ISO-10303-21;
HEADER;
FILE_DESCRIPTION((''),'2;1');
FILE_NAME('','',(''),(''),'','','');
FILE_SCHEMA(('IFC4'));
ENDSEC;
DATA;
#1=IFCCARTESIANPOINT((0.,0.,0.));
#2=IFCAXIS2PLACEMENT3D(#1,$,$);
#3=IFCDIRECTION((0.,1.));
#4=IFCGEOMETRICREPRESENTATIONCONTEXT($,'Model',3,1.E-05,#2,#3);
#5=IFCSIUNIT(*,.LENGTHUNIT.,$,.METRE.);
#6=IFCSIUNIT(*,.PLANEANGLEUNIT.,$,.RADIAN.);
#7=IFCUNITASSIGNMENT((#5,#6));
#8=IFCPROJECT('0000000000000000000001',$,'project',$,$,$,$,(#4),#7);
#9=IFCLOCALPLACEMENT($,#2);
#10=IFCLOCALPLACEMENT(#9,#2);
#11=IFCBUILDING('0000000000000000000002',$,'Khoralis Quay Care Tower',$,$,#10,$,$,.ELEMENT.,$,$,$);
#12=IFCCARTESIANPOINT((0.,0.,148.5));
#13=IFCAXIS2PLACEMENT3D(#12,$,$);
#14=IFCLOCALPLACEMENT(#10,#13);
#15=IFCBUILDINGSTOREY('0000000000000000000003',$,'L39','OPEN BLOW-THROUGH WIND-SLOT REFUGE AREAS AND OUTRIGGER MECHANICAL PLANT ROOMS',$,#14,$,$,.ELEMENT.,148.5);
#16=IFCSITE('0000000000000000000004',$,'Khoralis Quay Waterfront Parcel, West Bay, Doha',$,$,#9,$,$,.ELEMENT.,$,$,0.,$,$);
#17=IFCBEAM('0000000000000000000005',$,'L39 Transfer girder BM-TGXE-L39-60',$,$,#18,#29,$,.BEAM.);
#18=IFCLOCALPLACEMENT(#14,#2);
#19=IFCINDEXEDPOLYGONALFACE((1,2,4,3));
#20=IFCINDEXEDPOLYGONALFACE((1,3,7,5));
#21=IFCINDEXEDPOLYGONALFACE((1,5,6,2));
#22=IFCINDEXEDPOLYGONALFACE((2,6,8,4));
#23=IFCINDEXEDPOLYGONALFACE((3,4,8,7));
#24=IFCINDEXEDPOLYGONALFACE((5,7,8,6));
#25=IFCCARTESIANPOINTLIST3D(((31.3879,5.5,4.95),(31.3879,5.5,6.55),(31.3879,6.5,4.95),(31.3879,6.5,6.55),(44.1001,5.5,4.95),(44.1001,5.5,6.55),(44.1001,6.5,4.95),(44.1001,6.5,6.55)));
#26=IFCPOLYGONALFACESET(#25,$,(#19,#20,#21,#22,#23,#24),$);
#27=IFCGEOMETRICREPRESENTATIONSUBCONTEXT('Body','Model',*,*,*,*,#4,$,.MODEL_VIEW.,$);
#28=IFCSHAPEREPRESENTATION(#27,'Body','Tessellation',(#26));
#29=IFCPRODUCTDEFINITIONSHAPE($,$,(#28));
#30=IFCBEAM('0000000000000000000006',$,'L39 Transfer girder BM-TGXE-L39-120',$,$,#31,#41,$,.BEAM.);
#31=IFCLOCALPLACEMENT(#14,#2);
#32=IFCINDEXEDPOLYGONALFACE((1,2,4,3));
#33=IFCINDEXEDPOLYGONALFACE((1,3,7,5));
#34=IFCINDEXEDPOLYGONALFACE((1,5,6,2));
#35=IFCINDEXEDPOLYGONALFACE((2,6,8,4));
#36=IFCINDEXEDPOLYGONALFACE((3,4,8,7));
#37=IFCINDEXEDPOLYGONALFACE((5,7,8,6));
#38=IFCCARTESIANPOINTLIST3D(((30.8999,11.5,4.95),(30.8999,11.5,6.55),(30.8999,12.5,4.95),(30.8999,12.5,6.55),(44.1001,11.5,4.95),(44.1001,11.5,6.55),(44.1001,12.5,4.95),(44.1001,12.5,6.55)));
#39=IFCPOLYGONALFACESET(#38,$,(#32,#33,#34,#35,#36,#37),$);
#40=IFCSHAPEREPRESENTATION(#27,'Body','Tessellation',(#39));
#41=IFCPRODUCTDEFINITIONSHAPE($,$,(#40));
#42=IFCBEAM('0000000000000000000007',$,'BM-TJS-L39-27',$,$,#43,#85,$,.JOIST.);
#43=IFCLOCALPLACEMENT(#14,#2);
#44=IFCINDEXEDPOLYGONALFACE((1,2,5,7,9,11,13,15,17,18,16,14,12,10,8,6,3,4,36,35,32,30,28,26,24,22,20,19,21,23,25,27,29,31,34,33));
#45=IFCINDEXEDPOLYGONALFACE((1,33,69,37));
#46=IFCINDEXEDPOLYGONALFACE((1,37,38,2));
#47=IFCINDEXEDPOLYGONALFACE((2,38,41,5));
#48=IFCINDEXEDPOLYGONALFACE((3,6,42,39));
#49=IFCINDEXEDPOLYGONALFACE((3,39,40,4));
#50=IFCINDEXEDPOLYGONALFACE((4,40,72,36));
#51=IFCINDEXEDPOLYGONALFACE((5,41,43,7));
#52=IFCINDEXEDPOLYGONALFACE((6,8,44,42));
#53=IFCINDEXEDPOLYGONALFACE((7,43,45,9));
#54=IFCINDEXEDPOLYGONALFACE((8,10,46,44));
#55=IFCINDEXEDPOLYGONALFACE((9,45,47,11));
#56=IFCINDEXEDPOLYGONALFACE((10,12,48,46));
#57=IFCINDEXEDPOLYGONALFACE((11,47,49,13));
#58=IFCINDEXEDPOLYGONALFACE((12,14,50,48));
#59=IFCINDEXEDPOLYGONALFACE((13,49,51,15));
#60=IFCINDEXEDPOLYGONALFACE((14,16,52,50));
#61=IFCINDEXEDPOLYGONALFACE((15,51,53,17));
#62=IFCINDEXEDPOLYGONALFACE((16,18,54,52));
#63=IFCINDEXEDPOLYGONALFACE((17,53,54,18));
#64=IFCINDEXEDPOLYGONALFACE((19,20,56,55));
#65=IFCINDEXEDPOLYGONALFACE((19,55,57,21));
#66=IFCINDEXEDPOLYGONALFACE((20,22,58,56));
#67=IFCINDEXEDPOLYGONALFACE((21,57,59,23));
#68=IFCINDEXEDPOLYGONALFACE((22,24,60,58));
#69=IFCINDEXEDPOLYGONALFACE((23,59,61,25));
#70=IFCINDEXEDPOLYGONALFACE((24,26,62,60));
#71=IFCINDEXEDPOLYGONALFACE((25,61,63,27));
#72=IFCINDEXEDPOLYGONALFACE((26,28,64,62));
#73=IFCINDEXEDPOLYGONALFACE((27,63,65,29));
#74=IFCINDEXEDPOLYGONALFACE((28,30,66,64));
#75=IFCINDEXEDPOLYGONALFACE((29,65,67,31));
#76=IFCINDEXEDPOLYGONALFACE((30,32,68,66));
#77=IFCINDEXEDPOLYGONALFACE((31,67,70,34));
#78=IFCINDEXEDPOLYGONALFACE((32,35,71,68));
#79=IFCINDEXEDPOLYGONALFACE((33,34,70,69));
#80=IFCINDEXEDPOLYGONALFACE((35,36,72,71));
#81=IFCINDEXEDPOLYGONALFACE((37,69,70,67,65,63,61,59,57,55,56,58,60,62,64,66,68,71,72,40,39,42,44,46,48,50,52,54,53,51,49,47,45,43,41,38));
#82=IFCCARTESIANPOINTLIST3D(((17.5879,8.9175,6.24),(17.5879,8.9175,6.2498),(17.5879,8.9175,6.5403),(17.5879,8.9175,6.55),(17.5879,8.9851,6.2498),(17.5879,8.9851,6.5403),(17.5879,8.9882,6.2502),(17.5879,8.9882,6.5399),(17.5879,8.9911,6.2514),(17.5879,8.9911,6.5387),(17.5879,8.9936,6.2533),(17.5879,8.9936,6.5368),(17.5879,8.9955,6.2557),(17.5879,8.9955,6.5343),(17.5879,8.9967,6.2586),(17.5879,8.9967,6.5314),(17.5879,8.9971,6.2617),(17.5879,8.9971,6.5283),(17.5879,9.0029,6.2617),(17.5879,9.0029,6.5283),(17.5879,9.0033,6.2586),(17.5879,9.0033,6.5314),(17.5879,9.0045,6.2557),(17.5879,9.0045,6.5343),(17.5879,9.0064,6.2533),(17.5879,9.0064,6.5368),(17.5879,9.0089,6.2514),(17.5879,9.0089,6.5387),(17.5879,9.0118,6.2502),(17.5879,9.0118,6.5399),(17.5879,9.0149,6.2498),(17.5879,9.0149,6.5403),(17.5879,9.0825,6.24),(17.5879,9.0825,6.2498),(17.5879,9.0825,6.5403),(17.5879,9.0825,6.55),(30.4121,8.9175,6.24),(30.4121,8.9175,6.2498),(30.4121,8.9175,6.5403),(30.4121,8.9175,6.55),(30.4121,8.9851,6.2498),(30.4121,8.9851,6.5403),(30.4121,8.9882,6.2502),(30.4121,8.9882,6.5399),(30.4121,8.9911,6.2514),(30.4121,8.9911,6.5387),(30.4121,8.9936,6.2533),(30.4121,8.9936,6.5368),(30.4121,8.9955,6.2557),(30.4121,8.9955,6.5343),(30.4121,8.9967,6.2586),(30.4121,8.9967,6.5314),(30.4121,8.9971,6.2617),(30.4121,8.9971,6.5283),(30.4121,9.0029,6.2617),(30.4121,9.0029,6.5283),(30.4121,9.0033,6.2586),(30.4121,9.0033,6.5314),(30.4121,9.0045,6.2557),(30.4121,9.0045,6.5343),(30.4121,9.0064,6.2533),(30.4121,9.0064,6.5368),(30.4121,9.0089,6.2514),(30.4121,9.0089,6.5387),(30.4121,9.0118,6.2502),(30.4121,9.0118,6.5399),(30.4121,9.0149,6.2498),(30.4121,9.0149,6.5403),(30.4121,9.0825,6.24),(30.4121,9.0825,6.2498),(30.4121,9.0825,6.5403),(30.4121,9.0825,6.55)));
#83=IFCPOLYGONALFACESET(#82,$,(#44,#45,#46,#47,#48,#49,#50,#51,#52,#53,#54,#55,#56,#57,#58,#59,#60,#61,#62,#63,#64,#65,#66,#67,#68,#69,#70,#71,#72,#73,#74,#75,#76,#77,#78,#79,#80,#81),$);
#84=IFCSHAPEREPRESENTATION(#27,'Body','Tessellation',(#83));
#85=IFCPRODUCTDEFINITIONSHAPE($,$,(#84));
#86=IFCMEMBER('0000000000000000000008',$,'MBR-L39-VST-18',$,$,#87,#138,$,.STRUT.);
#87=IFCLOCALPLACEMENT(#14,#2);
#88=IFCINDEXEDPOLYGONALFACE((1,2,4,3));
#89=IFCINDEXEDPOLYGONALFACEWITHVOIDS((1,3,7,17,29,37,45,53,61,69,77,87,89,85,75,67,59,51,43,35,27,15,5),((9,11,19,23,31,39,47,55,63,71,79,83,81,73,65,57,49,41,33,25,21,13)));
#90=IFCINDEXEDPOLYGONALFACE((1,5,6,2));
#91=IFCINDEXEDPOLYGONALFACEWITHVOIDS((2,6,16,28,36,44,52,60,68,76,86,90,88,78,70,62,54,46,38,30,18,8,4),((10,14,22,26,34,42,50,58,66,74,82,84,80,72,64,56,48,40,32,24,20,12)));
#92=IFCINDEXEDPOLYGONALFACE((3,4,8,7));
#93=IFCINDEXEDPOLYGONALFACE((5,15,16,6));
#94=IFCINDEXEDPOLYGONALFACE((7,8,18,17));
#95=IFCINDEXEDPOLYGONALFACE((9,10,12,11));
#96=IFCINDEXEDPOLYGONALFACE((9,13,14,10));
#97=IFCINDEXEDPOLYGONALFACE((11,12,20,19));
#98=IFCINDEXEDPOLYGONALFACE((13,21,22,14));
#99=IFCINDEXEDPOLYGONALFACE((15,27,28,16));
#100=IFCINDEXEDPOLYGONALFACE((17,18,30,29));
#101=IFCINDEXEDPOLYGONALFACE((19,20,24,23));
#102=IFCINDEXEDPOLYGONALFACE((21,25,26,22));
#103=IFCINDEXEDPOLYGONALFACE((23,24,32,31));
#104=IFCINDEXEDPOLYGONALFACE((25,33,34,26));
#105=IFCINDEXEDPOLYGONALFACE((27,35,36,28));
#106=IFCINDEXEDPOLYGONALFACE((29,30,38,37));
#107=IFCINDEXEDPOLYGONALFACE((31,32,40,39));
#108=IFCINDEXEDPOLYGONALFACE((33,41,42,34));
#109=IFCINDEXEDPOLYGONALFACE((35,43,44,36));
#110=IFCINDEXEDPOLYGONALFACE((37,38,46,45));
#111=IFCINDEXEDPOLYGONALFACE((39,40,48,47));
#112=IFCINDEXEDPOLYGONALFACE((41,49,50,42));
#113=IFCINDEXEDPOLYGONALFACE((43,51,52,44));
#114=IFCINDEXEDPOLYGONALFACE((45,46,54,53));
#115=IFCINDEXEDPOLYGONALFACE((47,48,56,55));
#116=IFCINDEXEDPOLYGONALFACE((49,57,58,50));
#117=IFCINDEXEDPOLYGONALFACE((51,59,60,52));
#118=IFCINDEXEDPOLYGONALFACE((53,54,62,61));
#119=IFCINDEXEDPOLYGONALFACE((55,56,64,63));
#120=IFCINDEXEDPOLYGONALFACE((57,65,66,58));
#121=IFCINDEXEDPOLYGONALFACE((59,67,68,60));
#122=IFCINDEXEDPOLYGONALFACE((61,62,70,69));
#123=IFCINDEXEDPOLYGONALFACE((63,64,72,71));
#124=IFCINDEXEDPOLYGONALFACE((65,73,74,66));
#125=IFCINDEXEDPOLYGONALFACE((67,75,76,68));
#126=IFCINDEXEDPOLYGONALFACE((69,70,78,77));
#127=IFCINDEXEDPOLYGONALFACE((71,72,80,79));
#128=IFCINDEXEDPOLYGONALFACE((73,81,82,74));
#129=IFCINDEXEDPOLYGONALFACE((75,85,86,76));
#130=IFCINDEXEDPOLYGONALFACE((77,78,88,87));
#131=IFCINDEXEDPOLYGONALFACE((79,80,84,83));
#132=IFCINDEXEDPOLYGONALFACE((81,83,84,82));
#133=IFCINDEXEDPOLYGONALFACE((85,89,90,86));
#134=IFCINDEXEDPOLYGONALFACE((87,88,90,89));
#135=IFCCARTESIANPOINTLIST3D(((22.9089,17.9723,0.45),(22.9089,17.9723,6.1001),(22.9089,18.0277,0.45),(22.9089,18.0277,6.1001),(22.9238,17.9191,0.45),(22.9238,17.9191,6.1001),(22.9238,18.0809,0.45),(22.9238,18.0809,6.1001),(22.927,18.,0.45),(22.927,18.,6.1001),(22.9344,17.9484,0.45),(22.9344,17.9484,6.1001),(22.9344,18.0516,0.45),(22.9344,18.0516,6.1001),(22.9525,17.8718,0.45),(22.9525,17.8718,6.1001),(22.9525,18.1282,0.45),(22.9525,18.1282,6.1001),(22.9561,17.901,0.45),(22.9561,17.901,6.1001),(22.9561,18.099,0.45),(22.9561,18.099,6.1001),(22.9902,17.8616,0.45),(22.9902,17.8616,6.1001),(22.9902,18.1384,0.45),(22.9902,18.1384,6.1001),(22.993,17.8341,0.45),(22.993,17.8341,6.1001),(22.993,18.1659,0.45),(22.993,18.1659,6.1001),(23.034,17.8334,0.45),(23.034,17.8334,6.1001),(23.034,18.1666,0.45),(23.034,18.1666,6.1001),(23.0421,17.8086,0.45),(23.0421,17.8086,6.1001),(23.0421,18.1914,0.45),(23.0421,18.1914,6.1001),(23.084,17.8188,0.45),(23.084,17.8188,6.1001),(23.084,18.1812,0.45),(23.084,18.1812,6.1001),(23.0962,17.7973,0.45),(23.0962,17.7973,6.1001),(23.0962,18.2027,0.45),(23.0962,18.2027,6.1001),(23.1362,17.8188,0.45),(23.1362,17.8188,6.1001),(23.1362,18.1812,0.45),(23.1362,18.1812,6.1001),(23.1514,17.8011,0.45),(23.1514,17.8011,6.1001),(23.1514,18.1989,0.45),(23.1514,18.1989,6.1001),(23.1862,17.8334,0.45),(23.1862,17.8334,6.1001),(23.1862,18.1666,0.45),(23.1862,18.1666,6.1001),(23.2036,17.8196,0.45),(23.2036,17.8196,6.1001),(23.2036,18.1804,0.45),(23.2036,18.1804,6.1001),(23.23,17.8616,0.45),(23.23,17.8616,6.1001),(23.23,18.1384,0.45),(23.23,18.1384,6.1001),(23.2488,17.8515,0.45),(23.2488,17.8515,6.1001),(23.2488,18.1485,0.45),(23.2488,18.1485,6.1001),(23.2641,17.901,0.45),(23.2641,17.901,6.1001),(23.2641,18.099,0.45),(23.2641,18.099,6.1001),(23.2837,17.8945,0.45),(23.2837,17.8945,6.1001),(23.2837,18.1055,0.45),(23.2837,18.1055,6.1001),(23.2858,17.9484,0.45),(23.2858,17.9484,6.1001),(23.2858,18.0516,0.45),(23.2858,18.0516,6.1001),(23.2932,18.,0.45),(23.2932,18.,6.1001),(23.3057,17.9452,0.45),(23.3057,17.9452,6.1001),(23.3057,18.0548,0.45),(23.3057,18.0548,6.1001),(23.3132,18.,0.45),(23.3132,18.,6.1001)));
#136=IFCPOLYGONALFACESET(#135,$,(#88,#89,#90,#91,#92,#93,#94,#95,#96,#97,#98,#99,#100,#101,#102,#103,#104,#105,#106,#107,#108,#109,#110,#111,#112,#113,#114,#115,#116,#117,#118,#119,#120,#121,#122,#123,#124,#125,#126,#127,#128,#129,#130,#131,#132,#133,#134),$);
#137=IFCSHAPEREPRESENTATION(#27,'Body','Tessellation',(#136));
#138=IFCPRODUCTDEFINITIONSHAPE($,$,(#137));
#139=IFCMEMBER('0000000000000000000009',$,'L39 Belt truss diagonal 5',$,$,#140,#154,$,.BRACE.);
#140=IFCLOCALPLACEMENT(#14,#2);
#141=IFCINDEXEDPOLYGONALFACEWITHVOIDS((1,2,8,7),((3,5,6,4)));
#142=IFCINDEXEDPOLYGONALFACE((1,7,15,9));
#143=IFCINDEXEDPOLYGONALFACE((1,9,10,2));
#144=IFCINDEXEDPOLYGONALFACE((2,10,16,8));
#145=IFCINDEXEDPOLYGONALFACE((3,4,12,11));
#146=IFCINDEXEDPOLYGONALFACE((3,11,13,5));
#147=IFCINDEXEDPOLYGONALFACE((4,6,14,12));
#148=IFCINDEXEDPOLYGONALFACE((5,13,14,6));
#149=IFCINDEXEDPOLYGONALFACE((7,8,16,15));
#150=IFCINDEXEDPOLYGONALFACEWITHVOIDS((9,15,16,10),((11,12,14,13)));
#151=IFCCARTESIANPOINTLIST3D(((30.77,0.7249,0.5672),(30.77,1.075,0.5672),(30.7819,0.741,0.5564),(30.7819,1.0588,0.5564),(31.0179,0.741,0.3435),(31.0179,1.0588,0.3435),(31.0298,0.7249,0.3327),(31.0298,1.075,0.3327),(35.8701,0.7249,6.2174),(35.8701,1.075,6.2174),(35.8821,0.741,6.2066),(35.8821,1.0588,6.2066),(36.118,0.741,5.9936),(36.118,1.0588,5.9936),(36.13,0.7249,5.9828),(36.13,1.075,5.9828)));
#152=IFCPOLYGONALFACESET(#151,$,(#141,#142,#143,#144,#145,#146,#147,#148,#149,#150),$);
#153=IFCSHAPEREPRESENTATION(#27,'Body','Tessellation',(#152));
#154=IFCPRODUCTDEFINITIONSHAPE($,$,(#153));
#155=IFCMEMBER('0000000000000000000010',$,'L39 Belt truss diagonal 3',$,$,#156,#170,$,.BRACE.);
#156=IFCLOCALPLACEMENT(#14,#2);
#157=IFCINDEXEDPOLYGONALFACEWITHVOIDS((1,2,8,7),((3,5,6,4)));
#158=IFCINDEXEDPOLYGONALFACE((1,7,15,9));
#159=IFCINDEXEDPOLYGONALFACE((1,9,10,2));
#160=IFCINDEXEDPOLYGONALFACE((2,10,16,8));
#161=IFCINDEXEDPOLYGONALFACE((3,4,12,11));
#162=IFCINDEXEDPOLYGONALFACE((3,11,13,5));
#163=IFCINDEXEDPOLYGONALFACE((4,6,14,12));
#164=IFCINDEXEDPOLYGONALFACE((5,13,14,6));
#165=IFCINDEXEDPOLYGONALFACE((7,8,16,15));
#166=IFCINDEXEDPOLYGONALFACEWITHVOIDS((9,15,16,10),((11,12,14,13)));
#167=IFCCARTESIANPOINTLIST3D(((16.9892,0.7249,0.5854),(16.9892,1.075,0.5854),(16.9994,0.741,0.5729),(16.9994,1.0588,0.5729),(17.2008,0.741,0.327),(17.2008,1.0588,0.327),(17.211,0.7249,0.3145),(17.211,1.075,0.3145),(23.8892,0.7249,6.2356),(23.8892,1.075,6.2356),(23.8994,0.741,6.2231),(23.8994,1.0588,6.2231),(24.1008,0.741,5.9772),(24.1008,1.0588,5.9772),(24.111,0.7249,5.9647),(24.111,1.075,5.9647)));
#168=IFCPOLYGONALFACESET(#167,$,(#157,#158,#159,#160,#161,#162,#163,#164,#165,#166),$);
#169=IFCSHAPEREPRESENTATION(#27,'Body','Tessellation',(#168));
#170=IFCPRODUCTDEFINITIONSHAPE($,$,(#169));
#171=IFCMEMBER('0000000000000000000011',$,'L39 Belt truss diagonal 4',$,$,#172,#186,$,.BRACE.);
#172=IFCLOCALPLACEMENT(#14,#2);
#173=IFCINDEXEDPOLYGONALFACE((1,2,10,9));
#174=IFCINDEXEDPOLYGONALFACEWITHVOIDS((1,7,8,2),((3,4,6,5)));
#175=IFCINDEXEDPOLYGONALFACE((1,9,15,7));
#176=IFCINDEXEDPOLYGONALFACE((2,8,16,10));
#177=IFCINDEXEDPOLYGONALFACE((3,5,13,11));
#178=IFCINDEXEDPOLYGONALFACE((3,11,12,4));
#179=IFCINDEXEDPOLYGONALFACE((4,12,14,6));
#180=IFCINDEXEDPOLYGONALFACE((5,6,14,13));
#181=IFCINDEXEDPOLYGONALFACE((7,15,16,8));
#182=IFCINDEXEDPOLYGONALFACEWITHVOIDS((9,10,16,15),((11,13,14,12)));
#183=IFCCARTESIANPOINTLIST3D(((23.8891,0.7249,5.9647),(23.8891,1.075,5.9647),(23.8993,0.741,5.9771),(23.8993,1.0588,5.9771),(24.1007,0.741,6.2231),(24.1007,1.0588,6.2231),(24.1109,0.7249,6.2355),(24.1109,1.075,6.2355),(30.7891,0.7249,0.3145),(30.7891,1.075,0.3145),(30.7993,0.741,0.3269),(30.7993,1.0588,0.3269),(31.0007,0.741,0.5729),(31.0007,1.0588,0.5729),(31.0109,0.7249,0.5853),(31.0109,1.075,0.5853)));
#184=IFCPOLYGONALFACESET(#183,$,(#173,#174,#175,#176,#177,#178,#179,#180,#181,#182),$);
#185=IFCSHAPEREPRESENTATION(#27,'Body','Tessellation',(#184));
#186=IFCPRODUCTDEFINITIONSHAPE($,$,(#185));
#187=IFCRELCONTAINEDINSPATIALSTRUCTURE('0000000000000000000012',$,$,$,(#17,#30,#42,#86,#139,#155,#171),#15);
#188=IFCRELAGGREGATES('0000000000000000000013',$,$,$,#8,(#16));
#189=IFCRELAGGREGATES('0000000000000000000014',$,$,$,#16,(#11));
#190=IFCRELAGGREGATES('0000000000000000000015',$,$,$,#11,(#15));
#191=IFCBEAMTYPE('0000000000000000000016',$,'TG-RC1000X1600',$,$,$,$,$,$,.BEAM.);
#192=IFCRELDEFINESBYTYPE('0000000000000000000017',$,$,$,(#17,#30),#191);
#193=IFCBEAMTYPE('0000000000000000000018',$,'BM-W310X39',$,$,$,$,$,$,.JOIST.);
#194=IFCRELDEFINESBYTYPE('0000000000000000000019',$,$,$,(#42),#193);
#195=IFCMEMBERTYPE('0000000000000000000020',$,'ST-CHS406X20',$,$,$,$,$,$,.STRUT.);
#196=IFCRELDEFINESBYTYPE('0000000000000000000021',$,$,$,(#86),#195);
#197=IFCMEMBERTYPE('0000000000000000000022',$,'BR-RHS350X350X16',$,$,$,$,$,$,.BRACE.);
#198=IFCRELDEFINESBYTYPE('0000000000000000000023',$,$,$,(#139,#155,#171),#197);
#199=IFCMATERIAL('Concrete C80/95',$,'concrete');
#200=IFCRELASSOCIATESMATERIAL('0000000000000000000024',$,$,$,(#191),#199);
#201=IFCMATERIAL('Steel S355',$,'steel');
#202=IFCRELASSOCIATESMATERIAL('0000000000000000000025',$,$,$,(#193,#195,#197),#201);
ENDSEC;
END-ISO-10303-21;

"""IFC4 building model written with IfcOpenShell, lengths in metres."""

from ifc_helpers import new_model, si_unit, direction, frame, origin, origin_2d, place, context, subcontext, project, spatial, rectangle, hollow_rectangle, hollow_circle, i_section, extrude, source, transform, mapped, material, material_profile, profile_set, type_object, element, save


model = new_model("IFC4")

# Units and contexts
model_context = context("Model", 3, precision=1e-05, world=origin(), true_north=direction((0.0, 1.0)))
body_context = subcontext(model_context, "Body", "Model", "MODEL_VIEW")
ifc_project = project(units=[si_unit("LENGTHUNIT", "METRE"), si_unit("PLANEANGLEUNIT", "RADIAN")], contexts=[model_context])

# Site, building, storey
site_placement = place(None, origin())
site = spatial("IfcSite", under=ifc_project, at=site_placement, Name="Khoralis Quay Waterfront Parcel, West Bay, Doha", CompositionType="ELEMENT", RefElevation=0.0)
building_placement = place(site_placement, origin())
building = spatial("IfcBuilding", under=site, at=building_placement, Name="Khoralis Quay Care Tower", CompositionType="ELEMENT")
storey_placement = place(building_placement, frame((0.0, 0.0, 148.5)))
storey = spatial("IfcBuildingStorey", under=building, at=storey_placement, Name="L39", Description="OPEN BLOW-THROUGH WIND-SLOT REFUGE AREAS AND OUTRIGGER MECHANICAL PLANT ROOMS", CompositionType="ELEMENT", Elevation=148.5)

# Beams
ifc_material_1 = material(Name="Concrete C80/95", Category="concrete")
ifc_material_profile_1 = material_profile(ifc_material_1, rectangle(XDim=1.0, YDim=1.6001, at=origin_2d()), Name="Concrete C80/95")
ifc_profile_set_1 = profile_set([ifc_material_profile_1], Name="Concrete C80/95")
beam_type_1 = type_object("IfcBeamType", Name="TG-RC1000X1600", PredefinedType="BEAM", material=ifc_profile_set_1)
ifc_material_2 = material(Name="Steel S355", Category="steel")
shared_shape_1 = source(origin(), body_context, "Body", "SweptSolid", [
    extrude(rectangle(XDim=1.0, YDim=1.6001, at=origin_2d()), origin(), (0.0, 0.0, 1.0), 12.7122),
])
beam_1_placement = place(storey_placement, frame((31.3879, 6.0, 5.75), z_axis=(1.0, 0.0, 0.0), x_axis=(0.0, 1.0, 0.0)))
element("IfcBeam", 1, at=beam_1_placement, inside=storey, type_object=beam_type_1, Name="L39 Transfer girder BM-TGXE-L39-60", PredefinedType="BEAM", context=body_context, shape_type="MappedRepresentation", body=[
    mapped(shared_shape_1, transform((0.0, 0.0, 0.0), scale=1.0)),
])
shared_shape_2 = source(origin(), body_context, "Body", "SweptSolid", [
    extrude(rectangle(XDim=1.0, YDim=1.6001, at=origin_2d()), origin(), (0.0, 0.0, 1.0), 13.2002),
])
beam_2_placement = place(storey_placement, frame((30.8999, 12.0, 5.75), z_axis=(1.0, 0.0, 0.0), x_axis=(0.0, 1.0, 0.0)))
element("IfcBeam", 2, at=beam_2_placement, inside=storey, type_object=beam_type_1, Name="L39 Transfer girder BM-TGXE-L39-120", PredefinedType="BEAM", context=body_context, shape_type="MappedRepresentation", body=[
    mapped(shared_shape_2, transform((0.0, 0.0, 0.0), scale=1.0)),
])
ifc_material_profile_2 = material_profile(ifc_material_2, i_section(OverallWidth=0.165, OverallDepth=0.3101, WebThickness=0.0059, FlangeThickness=0.0098, FilletRadius=0.012, at=origin_2d()), Name="Steel S355")
ifc_profile_set_2 = profile_set([ifc_material_profile_2], Name="Steel S355")
beam_type_2 = type_object("IfcBeamType", Name="BM-W310X39", PredefinedType="JOIST", material=ifc_profile_set_2)
shared_shape_3 = source(origin(), body_context, "Body", "SweptSolid", [
    extrude(i_section(OverallWidth=0.165, OverallDepth=0.3101, WebThickness=0.0059, FlangeThickness=0.0098, FilletRadius=0.012, at=origin_2d()), origin(), (0.0, 0.0, 1.0), 12.8242),
])
beam_3_placement = place(storey_placement, frame((17.5879, 9.0, 6.395), z_axis=(1.0, 0.0, 0.0), x_axis=(0.0, 1.0, 0.0)))
element("IfcBeam", 3, at=beam_3_placement, inside=storey, type_object=beam_type_2, Name="BM-TJS-L39-27", PredefinedType="JOIST", context=body_context, shape_type="MappedRepresentation", body=[
    mapped(shared_shape_3, transform((0.0, 0.0, 0.0), scale=1.0)),
])

# Members
ifc_material_profile_3 = material_profile(ifc_material_2, hollow_circle(Radius=0.2031, WallThickness=0.02, at=origin_2d()), Name="Steel S355")
ifc_profile_set_3 = profile_set([ifc_material_profile_3], Name="Steel S355")
member_type_1 = type_object("IfcMemberType", Name="ST-CHS406X20", PredefinedType="STRUT", material=ifc_profile_set_3)
shared_shape_4 = source(origin(), body_context, "Body", "SweptSolid", [
    extrude(hollow_circle(Radius=0.2031, WallThickness=0.02, at=origin_2d()), origin(), (0.0, 0.0, 1.0), 5.6501),
])
member_1_placement = place(storey_placement, frame((23.1101, 18.0, 0.45), z_axis=(0.0, 0.0, 1.0), x_axis=(1.0, 0.0, 0.0)))
element("IfcMember", 4, at=member_1_placement, inside=storey, type_object=member_type_1, Name="MBR-L39-VST-18", PredefinedType="STRUT", context=body_context, shape_type="MappedRepresentation", body=[
    mapped(shared_shape_4, transform((0.0, 0.0, 0.0), scale=1.0)),
])
ifc_material_profile_4 = material_profile(ifc_material_2, hollow_rectangle(XDim=0.3501, YDim=0.3501, WallThickness=0.0161, at=origin_2d()), Name="Steel S355")
ifc_profile_set_4 = profile_set([ifc_material_profile_4], Name="Steel S355")
member_type_2 = type_object("IfcMemberType", Name="BR-RHS350X350X16", PredefinedType="BRACE", material=ifc_profile_set_4)
shared_shape_5 = source(origin(), body_context, "Body", "SweptSolid", [
    extrude(hollow_rectangle(XDim=0.3501, YDim=0.3501, WallThickness=0.0161, at=origin_2d()), origin(), (0.0, 0.0, 1.0), 7.6116),
])
member_2_placement = place(storey_placement, frame((30.8999, 0.8999, 0.45), z_axis=(0.67005, 0.0, 0.742316), x_axis=(0.0, 1.0, 0.0)))
element("IfcMember", 5, at=member_2_placement, inside=storey, type_object=member_type_2, Name="L39 Belt truss diagonal 5", PredefinedType="BRACE", context=body_context, shape_type="MappedRepresentation", body=[
    mapped(shared_shape_5, transform((0.0, 0.0, 0.0), scale=1.0)),
])
shared_shape_6 = source(origin(), body_context, "Body", "SweptSolid", [
    extrude(hollow_rectangle(XDim=0.3501, YDim=0.3501, WallThickness=0.0161, at=origin_2d()), origin(), (0.0, 0.0, 1.0), 8.9182),
])
for number, where, z_axis, x_axis, name in (
    (6, (17.1001, 0.8999, 0.45), (0.773695, 0.0, 0.633558), (0.0, 1.0, 0.0), "L39 Belt truss diagonal 3"),
    (7, (24.0, 0.8999, 6.1001), (0.773695, 0.0, -0.633558), (0.0, 1.0, 0.0), "L39 Belt truss diagonal 4"),
):
    element("IfcMember", number, at=place(storey_placement, frame(where, z_axis=z_axis, x_axis=x_axis)), inside=storey, type_object=member_type_2, Name=name, PredefinedType="BRACE", context=body_context, shape_type="MappedRepresentation", body=[
        mapped(shared_shape_6, transform((0.0, 0.0, 0.0), scale=1.0)),
    ])

save(model, "model.ifc")
